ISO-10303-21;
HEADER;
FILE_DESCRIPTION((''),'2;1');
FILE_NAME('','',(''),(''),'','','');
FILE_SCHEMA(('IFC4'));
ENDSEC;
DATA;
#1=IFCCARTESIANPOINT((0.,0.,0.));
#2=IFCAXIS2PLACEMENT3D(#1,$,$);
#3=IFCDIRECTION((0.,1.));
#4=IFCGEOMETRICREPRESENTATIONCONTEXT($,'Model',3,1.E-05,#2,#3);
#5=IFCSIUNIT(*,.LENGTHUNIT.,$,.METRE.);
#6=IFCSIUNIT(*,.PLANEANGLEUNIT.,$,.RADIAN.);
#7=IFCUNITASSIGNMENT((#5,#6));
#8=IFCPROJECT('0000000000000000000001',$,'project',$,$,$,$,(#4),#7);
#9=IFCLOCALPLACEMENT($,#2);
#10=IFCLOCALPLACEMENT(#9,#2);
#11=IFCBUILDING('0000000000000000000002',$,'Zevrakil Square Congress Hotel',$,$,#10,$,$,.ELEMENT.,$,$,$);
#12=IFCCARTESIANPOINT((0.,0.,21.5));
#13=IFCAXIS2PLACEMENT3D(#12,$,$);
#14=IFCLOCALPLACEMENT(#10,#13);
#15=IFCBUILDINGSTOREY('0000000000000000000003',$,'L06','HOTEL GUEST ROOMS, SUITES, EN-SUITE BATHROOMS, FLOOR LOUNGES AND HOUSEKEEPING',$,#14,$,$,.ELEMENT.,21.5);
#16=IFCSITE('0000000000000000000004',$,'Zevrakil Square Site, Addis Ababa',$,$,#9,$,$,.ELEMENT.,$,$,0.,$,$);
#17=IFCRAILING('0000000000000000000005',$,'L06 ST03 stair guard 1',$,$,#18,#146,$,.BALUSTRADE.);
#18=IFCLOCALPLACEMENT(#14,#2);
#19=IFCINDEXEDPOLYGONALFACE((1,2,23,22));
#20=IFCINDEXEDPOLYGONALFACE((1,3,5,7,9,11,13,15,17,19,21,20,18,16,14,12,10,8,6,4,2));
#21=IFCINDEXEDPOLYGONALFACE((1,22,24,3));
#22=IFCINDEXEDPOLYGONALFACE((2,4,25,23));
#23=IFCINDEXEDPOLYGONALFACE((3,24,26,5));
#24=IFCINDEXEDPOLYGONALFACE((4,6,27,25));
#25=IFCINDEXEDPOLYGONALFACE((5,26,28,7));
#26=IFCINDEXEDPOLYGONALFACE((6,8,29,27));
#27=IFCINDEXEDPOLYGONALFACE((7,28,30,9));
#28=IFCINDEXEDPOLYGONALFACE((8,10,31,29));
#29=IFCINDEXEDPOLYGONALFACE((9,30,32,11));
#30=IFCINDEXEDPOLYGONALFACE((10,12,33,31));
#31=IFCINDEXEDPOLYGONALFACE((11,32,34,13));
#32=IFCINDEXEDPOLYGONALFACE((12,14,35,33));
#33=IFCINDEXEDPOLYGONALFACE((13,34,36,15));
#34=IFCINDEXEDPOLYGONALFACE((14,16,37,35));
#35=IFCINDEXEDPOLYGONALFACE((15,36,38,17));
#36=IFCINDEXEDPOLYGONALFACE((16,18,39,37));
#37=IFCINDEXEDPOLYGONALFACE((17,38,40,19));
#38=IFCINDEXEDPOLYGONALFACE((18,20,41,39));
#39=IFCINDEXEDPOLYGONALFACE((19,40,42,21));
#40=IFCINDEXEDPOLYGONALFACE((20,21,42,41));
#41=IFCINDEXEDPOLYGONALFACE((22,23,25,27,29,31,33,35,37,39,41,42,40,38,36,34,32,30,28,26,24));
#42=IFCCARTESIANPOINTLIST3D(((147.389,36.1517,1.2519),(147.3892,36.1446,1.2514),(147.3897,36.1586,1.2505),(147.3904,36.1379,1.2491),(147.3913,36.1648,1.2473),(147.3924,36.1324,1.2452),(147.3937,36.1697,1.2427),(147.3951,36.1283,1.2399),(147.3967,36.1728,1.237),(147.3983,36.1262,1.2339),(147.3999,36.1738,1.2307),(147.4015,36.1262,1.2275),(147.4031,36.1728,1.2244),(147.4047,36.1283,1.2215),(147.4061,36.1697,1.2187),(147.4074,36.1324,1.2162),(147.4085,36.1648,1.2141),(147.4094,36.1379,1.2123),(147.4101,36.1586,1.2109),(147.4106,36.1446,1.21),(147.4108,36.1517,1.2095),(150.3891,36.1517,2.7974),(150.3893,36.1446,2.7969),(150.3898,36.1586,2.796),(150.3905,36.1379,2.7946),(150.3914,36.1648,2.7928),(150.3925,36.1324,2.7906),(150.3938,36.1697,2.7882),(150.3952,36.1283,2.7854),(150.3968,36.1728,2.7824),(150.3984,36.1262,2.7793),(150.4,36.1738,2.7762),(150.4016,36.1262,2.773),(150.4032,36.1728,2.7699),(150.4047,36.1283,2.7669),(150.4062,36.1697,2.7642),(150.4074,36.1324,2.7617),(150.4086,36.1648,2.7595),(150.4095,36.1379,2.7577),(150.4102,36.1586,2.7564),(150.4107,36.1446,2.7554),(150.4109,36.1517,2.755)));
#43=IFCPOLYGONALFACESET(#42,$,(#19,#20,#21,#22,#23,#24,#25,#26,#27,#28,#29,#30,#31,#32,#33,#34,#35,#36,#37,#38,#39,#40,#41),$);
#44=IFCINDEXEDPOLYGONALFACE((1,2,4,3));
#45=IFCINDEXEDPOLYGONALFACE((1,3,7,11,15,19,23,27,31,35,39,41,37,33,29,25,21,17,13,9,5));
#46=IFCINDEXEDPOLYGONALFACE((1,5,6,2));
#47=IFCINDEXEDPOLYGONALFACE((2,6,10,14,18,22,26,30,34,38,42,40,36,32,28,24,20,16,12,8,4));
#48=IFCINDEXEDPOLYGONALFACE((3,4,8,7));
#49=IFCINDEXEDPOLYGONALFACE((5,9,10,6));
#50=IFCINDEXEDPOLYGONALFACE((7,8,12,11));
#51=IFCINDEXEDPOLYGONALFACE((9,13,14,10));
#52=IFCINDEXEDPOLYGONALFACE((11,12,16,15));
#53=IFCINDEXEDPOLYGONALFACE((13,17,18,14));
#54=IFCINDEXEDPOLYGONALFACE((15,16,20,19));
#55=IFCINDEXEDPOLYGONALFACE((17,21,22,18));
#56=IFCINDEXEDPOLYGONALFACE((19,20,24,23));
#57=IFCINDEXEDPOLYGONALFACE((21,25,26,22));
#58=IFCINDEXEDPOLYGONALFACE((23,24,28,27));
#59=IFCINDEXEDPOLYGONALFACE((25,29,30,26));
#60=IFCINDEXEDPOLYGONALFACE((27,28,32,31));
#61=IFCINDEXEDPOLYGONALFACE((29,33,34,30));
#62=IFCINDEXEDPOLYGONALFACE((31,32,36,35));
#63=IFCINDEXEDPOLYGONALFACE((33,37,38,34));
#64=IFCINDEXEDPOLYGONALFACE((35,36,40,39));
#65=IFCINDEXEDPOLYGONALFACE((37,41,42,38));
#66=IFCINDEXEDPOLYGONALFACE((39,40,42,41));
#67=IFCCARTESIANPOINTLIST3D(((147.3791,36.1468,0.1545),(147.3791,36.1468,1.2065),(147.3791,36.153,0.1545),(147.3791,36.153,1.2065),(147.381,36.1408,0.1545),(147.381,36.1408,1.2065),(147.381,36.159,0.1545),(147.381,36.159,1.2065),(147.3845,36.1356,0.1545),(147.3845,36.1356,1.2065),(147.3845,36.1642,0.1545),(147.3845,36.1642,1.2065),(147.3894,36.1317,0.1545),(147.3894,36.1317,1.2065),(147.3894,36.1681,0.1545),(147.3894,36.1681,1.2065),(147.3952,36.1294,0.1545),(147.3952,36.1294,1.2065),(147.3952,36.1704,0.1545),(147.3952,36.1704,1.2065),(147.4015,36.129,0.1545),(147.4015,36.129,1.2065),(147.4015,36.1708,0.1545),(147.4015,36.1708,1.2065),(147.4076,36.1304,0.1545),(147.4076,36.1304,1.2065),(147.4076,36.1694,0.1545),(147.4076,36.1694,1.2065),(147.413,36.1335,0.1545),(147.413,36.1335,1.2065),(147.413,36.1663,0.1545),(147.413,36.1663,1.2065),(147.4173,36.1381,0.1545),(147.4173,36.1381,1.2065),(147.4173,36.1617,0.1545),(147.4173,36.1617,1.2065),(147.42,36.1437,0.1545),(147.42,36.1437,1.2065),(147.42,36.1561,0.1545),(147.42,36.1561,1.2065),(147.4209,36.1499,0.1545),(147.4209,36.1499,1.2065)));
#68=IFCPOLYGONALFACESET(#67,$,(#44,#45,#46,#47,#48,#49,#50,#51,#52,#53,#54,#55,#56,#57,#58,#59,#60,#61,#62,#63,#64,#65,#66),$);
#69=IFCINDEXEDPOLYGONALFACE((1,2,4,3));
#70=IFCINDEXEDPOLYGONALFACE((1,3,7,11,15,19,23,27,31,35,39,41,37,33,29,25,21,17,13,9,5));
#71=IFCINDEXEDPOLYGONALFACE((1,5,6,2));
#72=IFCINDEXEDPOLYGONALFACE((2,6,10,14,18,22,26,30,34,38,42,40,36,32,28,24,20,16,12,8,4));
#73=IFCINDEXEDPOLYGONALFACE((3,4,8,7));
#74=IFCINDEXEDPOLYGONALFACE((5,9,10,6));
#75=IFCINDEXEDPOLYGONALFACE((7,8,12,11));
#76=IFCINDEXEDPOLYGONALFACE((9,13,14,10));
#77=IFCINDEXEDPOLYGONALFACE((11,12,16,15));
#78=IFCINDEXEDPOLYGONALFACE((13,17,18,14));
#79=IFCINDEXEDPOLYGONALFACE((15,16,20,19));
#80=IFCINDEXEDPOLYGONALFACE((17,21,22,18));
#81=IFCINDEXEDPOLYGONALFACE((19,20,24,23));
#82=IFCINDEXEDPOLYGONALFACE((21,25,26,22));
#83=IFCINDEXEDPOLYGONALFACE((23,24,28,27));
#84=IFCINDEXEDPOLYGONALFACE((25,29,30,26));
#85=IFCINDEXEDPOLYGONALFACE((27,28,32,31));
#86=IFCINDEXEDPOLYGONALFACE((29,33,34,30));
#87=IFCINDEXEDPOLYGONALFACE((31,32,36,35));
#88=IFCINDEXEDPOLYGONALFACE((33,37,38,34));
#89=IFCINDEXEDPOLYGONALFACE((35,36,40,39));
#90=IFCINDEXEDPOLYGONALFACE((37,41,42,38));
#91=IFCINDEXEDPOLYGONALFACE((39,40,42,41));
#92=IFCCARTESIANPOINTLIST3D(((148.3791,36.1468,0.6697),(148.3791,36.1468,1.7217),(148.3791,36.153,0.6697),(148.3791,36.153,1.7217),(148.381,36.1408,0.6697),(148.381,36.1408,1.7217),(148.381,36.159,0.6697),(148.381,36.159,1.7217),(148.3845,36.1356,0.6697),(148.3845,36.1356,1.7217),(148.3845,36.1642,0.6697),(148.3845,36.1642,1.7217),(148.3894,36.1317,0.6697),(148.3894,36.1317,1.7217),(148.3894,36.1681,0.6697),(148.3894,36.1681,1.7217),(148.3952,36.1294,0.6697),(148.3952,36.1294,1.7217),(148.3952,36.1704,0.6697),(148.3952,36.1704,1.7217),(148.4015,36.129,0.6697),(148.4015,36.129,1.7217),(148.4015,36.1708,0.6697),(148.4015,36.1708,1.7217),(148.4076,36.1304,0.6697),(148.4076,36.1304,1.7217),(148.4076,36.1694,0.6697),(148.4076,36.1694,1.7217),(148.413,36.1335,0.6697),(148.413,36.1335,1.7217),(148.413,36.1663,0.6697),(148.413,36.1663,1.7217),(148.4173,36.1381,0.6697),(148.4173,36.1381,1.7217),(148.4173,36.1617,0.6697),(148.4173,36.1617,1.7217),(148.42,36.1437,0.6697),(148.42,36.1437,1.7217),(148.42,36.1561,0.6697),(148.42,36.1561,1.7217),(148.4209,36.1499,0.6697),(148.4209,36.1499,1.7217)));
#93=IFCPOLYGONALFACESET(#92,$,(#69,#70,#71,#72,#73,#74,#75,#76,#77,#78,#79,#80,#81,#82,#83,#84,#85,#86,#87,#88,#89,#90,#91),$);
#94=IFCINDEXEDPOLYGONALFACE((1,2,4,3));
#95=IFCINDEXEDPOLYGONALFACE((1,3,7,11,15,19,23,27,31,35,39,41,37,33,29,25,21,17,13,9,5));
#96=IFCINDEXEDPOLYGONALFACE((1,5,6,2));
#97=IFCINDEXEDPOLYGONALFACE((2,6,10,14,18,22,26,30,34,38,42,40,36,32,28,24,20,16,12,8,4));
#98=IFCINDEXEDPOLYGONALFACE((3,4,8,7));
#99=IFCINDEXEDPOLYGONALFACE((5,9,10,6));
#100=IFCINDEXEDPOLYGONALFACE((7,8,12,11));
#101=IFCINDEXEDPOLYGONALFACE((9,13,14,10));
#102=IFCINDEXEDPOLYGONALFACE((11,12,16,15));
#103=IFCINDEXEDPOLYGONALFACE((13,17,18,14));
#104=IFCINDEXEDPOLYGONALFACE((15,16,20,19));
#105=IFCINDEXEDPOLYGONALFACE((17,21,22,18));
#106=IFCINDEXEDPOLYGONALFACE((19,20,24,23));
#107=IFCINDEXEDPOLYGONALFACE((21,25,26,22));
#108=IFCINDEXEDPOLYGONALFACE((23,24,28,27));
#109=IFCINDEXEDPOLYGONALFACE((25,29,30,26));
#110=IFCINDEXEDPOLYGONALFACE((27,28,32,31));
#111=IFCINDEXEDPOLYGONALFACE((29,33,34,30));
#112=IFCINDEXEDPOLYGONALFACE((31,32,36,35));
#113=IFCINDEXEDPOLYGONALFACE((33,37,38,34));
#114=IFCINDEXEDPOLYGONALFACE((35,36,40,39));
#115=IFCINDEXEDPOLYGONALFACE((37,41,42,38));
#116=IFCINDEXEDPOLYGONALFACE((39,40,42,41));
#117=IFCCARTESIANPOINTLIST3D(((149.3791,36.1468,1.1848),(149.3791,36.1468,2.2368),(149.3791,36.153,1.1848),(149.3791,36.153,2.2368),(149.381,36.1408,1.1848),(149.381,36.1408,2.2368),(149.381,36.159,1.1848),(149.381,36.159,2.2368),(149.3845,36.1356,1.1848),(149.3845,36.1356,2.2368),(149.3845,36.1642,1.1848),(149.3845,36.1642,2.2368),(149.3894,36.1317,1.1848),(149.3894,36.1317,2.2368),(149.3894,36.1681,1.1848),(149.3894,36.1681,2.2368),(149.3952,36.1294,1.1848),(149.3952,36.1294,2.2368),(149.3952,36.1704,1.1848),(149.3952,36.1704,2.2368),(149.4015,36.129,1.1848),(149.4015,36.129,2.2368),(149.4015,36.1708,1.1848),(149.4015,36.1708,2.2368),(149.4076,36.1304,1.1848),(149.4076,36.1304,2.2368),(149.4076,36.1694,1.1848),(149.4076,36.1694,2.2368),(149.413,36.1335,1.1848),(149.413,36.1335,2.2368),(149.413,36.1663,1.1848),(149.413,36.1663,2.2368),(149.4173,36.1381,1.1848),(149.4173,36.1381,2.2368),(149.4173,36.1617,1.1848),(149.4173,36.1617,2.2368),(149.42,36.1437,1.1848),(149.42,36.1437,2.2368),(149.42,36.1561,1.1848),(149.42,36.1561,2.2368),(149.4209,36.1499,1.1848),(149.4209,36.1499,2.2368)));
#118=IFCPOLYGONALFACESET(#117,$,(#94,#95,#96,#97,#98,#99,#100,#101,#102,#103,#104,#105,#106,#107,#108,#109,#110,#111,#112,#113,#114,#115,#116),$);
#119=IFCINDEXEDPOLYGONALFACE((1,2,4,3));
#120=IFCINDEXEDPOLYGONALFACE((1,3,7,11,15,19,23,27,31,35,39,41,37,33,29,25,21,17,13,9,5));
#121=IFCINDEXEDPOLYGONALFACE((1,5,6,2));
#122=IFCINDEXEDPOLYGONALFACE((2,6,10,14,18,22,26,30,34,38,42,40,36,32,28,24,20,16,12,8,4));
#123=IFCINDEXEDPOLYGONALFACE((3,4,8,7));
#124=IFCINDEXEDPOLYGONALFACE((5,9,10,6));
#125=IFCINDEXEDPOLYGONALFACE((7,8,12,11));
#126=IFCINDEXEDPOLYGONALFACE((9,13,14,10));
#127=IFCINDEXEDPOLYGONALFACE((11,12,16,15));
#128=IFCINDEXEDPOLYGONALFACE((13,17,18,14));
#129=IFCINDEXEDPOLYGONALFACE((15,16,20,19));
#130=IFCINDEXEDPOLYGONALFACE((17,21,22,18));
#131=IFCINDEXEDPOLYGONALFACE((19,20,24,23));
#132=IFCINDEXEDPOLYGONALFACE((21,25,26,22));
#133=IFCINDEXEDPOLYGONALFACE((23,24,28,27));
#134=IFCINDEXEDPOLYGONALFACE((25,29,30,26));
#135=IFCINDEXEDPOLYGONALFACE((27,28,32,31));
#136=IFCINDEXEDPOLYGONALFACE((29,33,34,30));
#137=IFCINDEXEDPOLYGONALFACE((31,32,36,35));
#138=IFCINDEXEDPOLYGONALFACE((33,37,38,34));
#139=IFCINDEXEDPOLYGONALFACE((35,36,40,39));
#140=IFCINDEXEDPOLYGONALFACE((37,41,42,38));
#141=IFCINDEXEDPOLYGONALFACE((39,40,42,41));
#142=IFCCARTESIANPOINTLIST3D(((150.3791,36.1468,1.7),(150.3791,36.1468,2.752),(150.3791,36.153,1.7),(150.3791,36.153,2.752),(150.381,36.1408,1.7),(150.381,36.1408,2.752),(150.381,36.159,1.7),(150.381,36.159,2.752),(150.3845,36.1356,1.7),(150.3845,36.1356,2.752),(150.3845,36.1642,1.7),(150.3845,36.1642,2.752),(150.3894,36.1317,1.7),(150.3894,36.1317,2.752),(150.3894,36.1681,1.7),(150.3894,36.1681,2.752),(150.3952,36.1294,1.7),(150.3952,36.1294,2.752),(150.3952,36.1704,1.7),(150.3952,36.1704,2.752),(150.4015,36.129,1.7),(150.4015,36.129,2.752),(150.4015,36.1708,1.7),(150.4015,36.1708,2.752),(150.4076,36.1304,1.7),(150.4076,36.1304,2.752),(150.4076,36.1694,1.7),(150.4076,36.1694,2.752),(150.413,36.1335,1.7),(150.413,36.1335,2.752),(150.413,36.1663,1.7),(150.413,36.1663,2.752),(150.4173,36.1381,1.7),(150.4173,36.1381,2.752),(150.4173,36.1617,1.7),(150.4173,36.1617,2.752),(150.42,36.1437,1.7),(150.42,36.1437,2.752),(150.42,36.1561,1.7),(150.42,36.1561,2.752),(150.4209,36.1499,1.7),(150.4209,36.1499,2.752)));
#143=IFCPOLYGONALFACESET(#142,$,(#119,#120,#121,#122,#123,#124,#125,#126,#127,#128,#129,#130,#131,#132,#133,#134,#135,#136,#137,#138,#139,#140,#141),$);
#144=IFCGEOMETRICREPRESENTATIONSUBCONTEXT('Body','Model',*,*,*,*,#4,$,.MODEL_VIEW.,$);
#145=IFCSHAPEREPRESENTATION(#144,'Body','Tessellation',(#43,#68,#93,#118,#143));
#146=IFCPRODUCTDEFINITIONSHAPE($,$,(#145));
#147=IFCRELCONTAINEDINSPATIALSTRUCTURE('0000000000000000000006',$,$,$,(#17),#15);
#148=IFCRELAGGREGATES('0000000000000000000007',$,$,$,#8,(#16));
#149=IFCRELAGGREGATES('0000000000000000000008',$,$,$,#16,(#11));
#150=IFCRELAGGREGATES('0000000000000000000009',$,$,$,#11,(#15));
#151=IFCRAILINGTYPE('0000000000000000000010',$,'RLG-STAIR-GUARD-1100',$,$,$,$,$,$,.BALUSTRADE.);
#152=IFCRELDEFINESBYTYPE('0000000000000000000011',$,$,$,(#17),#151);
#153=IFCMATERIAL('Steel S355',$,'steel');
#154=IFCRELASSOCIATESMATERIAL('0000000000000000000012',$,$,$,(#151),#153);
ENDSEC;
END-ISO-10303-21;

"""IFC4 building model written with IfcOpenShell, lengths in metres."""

from ifc_helpers import new_model, si_unit, direction, frame, origin, origin_2d, place, context, subcontext, project, spatial, circle, extrude, material, type_object, element, save


model = new_model("IFC4")

# Units and contexts
model_context = context("Model", 3, precision=1e-05, world=origin(), true_north=direction((0.0, 1.0)))
body_context = subcontext(model_context, "Body", "Model", "MODEL_VIEW")
ifc_project = project(units=[si_unit("LENGTHUNIT", "METRE"), si_unit("PLANEANGLEUNIT", "RADIAN")], contexts=[model_context])

# Site, building, storey
site_placement = place(None, origin())
site = spatial("IfcSite", under=ifc_project, at=site_placement, Name="Zevrakil Square Site, Addis Ababa", CompositionType="ELEMENT", RefElevation=0.0)
building_placement = place(site_placement, origin())
building = spatial("IfcBuilding", under=site, at=building_placement, Name="Zevrakil Square Congress Hotel", CompositionType="ELEMENT")
storey_placement = place(building_placement, frame((0.0, 0.0, 21.5)))
storey = spatial("IfcBuildingStorey", under=building, at=storey_placement, Name="L06", Description="HOTEL GUEST ROOMS, SUITES, EN-SUITE BATHROOMS, FLOOR LOUNGES AND HOUSEKEEPING", CompositionType="ELEMENT", Elevation=21.5)

# Railing
ifc_material_1 = material(Name="Steel S355", Category="steel")
railing_type = type_object("IfcRailingType", Name="RLG-STAIR-GUARD-1100", PredefinedType="BALUSTRADE", material=ifc_material_1)
railing_1_placement = place(storey_placement, frame((147.3999, 36.1499, 0.1545)))
element("IfcRailing", 1, at=railing_1_placement, inside=storey, type_object=railing_type, Name="L06 ST03 stair guard 1", PredefinedType="BALUSTRADE", context=body_context, shape_type="SweptSolid", body=[
    extrude(circle(Radius=0.0239, at=origin_2d()), frame((0.0, 0.0, 1.0762), z_axis=(0.88898, 0.0, 0.457946), x_axis=(0.0, 1.0, 0.0)), (0.0, 0.0, 1.0), 3.3748),
    extrude(circle(Radius=0.021, at=origin_2d()), origin(), (0.0, 0.0, 1.0), 1.052),
    extrude(circle(Radius=0.021, at=origin_2d()), frame((1.0, 0.0, 0.5151)), (0.0, 0.0, 1.0), 1.052),
    extrude(circle(Radius=0.021, at=origin_2d()), frame((2.0, 0.0, 1.0303)), (0.0, 0.0, 1.0), 1.052),
    extrude(circle(Radius=0.021, at=origin_2d()), frame((3.0, 0.0, 1.5454)), (0.0, 0.0, 1.0), 1.052),
])

save(model, "model.ifc")
